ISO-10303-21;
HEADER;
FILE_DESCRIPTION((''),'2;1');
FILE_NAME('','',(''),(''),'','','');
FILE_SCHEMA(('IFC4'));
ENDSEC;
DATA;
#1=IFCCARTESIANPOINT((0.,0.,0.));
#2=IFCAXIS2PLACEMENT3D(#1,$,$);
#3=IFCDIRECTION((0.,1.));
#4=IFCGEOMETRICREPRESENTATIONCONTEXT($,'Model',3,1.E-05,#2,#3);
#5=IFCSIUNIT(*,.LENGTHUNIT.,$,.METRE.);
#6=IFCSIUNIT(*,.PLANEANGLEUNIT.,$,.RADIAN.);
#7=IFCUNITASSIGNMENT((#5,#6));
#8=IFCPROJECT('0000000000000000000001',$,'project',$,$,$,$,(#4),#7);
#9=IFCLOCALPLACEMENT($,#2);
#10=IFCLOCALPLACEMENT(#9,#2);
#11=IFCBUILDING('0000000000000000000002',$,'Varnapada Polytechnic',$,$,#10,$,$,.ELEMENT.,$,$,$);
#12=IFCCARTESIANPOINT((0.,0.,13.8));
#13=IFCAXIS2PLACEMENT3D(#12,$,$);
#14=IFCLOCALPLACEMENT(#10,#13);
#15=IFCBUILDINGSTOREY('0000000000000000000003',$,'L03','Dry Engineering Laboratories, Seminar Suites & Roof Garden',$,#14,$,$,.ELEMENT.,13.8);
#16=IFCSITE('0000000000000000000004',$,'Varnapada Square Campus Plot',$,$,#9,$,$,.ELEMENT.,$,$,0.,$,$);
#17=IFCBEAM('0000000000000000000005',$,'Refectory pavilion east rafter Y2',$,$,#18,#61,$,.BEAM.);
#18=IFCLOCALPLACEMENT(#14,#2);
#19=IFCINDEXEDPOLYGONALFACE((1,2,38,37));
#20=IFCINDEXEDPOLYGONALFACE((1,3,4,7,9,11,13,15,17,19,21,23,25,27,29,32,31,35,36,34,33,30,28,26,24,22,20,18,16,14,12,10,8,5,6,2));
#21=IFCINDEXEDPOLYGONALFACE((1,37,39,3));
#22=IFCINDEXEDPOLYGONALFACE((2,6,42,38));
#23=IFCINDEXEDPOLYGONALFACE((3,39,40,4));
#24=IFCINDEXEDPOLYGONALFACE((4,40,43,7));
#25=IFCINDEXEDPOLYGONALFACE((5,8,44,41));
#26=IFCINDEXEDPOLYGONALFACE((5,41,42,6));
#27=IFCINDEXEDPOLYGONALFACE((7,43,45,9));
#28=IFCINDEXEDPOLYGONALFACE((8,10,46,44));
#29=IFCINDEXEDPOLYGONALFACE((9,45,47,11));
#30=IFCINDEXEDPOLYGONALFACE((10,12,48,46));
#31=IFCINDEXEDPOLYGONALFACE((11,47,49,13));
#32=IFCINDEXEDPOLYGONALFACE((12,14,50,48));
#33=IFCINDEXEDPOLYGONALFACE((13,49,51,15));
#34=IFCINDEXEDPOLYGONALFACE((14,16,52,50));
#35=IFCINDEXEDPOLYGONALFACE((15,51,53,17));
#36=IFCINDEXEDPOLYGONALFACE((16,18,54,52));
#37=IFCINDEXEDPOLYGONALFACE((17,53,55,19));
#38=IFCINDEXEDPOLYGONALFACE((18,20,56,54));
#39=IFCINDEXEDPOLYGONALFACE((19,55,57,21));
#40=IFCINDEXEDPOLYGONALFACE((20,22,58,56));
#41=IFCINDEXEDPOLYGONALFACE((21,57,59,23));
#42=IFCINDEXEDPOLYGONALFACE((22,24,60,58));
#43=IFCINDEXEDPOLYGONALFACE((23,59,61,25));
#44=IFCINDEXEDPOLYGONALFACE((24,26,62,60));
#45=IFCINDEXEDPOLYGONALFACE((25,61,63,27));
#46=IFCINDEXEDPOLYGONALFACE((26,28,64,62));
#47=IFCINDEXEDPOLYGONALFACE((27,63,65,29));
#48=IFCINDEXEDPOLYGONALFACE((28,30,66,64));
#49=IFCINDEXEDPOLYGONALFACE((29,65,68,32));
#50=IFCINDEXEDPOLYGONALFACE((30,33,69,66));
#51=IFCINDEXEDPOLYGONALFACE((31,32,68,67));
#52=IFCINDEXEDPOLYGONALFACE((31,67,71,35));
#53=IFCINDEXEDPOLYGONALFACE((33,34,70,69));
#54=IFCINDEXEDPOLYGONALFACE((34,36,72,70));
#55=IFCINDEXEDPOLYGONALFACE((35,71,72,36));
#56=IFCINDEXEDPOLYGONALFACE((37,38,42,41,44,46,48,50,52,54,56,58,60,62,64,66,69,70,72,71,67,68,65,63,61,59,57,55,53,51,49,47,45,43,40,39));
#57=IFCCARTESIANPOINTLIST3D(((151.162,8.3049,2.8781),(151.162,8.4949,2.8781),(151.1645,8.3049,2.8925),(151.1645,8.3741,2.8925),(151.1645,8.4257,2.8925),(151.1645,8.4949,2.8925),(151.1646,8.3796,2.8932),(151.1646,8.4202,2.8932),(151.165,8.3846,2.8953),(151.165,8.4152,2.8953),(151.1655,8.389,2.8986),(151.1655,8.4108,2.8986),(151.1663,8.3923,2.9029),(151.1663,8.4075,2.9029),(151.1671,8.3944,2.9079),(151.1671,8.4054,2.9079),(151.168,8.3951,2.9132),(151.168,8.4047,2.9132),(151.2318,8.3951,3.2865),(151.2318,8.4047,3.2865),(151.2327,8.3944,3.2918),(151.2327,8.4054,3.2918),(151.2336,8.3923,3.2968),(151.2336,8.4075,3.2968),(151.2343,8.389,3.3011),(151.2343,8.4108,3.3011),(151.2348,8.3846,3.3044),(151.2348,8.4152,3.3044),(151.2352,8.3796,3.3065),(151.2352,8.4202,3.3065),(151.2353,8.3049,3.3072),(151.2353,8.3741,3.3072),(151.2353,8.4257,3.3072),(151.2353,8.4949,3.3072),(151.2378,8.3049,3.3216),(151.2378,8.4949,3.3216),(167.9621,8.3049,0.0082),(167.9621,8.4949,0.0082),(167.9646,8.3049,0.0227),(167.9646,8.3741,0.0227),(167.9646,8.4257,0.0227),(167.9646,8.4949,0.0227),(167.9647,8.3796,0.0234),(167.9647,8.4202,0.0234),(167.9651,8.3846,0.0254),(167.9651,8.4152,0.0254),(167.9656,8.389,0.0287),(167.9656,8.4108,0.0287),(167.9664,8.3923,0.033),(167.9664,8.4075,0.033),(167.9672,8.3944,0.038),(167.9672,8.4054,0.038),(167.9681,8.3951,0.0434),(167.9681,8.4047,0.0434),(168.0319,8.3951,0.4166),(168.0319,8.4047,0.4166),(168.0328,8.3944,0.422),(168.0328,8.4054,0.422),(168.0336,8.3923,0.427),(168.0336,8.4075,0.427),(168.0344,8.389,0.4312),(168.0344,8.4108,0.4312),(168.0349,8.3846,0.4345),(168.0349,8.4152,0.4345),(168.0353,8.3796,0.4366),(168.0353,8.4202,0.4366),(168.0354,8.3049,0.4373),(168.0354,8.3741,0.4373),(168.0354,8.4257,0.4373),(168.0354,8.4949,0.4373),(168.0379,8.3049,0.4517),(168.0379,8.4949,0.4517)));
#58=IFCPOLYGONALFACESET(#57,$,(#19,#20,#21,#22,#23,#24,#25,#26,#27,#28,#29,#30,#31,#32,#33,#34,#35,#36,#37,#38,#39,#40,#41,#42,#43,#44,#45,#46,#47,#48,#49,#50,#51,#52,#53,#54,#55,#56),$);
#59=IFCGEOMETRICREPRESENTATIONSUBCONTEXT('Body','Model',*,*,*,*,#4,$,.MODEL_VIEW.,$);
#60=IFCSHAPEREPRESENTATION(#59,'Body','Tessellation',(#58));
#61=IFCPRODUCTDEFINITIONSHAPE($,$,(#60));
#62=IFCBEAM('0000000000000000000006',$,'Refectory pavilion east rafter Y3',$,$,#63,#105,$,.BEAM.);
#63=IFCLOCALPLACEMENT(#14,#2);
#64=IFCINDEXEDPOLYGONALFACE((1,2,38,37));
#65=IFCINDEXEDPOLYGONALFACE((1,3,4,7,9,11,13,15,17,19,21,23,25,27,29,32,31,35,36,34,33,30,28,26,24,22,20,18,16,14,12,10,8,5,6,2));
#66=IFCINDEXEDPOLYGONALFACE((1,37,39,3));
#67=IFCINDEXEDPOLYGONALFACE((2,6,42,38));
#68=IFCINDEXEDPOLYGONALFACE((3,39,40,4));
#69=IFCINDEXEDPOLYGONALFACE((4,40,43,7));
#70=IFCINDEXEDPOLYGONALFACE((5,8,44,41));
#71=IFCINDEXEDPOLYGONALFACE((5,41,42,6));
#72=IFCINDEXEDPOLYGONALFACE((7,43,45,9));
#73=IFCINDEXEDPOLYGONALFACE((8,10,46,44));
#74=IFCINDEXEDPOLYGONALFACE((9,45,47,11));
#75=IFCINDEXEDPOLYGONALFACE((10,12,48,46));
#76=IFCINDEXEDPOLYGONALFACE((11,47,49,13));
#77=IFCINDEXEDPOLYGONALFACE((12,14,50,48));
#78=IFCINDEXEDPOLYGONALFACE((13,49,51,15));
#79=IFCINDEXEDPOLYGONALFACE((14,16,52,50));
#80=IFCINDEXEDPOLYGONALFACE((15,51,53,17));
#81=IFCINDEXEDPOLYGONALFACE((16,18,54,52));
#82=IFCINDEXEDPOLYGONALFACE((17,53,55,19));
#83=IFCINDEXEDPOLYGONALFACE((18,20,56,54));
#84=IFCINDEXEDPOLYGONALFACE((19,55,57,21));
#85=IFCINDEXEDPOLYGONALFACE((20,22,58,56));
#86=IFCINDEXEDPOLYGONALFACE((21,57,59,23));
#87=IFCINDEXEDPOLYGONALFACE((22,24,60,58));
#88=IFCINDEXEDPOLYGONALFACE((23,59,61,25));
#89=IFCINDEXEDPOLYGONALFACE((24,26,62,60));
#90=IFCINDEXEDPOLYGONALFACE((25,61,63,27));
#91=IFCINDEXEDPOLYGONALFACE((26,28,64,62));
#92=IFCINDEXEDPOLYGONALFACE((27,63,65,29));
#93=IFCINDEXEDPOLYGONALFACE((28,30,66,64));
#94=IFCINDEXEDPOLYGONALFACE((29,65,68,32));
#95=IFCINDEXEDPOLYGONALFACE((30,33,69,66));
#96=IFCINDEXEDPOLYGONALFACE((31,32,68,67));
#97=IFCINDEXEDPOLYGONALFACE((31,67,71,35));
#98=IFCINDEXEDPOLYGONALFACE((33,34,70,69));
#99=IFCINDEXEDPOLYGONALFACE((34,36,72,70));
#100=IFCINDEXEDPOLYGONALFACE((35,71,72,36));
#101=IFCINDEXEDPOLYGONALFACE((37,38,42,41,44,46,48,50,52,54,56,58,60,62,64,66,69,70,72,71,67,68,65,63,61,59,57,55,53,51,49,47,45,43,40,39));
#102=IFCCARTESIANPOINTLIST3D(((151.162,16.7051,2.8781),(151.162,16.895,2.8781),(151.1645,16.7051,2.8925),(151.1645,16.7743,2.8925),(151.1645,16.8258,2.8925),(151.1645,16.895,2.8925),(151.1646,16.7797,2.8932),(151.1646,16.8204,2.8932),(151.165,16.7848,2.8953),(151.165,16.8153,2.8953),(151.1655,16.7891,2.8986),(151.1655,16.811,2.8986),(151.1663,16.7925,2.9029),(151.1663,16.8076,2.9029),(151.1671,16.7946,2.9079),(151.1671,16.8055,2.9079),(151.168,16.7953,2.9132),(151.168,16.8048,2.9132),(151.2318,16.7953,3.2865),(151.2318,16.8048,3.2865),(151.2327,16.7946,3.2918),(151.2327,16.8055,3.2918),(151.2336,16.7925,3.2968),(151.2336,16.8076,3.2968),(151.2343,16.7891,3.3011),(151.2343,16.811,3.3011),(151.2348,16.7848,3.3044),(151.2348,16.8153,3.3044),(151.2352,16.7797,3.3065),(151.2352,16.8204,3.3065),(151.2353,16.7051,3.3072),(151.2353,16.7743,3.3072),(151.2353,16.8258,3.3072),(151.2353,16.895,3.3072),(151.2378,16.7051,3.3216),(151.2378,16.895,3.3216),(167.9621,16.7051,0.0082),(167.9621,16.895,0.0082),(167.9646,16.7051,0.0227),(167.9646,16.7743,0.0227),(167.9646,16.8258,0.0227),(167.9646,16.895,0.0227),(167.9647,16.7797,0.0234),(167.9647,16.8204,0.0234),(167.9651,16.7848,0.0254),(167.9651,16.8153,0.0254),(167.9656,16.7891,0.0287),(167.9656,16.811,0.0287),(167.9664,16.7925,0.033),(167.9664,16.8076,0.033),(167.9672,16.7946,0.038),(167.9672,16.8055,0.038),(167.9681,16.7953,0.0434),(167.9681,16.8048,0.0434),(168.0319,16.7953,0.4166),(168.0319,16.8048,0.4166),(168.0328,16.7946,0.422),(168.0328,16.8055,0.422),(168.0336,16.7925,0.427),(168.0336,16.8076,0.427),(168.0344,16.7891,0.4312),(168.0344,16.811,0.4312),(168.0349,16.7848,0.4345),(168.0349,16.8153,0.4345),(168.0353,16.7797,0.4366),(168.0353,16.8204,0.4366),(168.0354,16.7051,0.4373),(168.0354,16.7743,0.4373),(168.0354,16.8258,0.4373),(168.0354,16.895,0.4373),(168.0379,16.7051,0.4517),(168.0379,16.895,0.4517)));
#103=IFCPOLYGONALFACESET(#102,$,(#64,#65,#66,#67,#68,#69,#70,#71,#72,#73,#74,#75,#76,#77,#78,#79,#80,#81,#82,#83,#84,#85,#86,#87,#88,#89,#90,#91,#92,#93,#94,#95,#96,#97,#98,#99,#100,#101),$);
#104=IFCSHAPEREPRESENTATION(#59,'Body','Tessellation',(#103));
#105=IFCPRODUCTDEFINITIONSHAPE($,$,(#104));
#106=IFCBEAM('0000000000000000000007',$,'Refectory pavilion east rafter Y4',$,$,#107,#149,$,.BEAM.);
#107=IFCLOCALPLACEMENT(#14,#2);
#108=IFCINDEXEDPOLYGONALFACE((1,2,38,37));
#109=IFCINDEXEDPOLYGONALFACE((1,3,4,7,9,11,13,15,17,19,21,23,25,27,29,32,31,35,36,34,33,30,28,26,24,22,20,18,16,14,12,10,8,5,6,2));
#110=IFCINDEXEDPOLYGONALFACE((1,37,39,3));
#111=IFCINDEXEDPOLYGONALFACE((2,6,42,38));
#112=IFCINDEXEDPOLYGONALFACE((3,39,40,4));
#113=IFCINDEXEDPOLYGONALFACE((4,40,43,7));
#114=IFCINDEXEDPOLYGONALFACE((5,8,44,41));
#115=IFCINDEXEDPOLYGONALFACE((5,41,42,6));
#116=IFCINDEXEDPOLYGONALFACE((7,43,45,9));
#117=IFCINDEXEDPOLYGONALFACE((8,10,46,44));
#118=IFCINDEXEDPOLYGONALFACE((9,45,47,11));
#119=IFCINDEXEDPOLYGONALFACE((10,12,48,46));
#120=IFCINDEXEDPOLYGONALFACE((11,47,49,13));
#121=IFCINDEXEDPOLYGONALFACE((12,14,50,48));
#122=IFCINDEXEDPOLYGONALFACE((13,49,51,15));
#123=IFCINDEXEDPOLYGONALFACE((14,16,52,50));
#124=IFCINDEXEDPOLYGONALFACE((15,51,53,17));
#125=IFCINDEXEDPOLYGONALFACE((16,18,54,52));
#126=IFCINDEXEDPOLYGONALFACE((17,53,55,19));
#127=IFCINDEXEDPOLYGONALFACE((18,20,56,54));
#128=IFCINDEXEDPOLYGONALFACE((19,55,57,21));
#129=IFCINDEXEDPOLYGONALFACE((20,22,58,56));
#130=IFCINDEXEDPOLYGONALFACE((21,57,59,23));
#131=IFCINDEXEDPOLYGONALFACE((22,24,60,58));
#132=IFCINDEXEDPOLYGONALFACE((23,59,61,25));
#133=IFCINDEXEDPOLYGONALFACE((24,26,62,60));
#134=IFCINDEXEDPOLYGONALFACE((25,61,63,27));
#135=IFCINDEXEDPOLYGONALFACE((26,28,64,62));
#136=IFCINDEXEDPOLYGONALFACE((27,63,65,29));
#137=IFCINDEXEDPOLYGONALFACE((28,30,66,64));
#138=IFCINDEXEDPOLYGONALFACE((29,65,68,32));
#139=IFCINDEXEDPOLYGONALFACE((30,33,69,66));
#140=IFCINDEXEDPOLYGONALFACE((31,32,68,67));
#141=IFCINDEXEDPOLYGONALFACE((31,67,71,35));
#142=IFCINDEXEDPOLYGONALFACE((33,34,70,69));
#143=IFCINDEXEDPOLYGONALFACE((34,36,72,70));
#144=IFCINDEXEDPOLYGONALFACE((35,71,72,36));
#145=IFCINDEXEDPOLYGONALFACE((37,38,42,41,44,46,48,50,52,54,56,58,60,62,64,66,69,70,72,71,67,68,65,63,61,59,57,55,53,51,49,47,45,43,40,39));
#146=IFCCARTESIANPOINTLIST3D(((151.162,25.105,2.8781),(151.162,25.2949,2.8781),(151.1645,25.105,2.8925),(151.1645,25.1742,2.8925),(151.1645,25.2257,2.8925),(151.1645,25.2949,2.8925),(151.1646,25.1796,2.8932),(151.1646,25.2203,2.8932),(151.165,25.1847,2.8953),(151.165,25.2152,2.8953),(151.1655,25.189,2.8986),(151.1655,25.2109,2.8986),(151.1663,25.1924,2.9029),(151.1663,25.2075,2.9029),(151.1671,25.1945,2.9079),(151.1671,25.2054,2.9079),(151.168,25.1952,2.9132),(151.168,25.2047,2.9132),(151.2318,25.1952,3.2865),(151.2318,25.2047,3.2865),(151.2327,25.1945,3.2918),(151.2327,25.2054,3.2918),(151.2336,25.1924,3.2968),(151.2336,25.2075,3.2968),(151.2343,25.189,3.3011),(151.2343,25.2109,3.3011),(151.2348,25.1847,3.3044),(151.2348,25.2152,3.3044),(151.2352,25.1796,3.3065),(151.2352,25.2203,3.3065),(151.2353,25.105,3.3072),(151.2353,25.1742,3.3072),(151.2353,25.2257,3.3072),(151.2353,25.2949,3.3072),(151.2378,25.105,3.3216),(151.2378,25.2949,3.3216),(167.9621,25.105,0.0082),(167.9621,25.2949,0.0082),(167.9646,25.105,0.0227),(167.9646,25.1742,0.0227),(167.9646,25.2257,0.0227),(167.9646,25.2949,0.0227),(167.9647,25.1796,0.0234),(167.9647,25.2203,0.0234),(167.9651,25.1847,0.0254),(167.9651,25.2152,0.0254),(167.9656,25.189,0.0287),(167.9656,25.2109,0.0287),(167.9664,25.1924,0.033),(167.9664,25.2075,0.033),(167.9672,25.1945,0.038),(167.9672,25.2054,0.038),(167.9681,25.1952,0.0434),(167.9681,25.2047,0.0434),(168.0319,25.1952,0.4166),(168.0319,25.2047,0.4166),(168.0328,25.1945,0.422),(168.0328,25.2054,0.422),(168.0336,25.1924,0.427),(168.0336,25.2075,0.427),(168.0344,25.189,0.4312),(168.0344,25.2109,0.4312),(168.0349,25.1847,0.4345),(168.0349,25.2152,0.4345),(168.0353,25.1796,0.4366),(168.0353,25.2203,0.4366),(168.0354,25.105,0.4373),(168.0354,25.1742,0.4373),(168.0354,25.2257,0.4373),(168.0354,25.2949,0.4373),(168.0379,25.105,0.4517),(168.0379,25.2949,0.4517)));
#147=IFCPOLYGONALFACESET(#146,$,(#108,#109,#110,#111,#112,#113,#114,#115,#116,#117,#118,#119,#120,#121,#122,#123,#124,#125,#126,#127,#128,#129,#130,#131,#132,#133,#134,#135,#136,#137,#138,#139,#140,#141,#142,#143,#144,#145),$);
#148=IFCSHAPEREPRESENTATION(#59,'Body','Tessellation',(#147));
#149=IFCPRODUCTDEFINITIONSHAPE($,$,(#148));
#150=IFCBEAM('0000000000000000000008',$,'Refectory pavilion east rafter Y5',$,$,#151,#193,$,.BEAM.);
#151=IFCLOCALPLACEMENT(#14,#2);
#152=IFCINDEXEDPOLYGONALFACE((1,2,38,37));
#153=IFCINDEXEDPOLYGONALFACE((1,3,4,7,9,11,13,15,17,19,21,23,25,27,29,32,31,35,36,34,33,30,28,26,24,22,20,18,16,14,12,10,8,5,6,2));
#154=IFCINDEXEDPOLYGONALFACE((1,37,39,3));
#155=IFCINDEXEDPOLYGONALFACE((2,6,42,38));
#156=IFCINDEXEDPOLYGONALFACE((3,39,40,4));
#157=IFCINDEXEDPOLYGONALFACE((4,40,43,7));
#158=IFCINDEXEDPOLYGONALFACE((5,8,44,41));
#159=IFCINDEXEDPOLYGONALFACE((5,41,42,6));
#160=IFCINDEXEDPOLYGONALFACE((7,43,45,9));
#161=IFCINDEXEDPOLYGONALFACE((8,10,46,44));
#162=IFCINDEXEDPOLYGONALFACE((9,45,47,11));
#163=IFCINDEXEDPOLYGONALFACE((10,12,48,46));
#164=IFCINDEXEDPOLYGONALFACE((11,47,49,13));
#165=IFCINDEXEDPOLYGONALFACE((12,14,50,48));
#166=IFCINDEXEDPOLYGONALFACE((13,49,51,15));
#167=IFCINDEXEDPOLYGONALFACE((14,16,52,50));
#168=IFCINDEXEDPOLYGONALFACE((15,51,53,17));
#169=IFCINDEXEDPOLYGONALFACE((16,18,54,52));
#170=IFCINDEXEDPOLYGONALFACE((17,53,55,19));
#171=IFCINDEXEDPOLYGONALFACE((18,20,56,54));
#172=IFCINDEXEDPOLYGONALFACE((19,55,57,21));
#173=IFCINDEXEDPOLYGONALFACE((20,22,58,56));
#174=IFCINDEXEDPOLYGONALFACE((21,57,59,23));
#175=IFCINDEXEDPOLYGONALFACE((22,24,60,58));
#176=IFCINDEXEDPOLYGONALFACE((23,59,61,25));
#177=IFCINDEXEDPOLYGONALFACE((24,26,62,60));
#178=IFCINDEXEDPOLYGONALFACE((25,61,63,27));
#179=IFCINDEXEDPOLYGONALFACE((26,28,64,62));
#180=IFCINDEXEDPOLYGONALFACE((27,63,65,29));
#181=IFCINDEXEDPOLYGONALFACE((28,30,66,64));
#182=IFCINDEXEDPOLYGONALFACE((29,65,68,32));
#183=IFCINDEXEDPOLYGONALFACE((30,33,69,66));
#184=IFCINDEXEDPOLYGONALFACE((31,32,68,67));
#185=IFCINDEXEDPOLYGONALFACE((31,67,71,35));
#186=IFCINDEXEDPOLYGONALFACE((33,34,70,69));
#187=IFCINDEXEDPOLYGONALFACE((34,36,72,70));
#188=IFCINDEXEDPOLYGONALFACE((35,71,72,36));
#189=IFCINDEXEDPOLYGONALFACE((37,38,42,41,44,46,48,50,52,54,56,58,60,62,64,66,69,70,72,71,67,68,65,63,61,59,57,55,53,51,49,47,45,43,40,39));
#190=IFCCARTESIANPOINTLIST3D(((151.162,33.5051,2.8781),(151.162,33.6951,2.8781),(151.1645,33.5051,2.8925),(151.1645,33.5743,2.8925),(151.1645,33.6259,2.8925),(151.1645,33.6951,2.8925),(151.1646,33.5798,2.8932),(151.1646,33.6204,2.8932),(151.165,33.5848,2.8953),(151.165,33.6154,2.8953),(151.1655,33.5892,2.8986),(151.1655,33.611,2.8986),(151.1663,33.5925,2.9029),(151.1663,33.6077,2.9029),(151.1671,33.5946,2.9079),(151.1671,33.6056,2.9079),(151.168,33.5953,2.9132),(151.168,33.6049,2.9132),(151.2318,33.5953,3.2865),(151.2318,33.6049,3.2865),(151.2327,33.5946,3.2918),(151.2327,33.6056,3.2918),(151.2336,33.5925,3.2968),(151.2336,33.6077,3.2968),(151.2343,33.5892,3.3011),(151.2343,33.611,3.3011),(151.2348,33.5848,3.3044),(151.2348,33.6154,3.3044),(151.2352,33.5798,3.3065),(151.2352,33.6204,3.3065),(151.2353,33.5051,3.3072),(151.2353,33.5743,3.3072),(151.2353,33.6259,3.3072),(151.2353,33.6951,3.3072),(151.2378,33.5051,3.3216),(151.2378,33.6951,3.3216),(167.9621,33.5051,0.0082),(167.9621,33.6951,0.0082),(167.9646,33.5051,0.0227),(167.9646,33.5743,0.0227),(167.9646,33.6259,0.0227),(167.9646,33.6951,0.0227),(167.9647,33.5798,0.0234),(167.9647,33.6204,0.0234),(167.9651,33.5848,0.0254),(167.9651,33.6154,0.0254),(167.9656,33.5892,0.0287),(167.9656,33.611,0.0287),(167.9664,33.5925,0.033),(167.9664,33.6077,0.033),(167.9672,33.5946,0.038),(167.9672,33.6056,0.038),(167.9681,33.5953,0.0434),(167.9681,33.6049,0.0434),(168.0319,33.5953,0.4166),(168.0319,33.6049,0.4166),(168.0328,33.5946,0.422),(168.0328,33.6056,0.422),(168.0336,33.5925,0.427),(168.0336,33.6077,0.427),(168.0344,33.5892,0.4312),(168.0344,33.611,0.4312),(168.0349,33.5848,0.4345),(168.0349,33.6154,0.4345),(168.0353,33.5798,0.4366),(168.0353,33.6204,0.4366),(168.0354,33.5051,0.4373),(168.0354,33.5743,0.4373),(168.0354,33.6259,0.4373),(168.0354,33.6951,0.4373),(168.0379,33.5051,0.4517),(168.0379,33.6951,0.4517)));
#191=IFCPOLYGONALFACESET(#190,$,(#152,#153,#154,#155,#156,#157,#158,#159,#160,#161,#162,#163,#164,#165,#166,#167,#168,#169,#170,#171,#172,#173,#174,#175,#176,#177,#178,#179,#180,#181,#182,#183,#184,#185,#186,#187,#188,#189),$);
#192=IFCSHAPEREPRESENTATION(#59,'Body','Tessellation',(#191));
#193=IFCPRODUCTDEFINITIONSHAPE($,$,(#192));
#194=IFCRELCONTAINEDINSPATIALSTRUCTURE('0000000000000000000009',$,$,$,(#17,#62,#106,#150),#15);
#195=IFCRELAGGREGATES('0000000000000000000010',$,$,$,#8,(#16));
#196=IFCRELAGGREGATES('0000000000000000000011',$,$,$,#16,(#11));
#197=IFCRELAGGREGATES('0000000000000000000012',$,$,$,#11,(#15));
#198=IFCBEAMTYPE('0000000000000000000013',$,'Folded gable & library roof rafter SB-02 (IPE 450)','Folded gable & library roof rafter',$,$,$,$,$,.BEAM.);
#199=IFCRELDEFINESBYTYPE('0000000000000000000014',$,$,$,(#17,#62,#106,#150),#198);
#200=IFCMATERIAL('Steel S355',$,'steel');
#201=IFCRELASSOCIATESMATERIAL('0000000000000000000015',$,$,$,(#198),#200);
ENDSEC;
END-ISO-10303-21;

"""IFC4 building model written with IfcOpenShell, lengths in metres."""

from ifc_helpers import new_model, si_unit, direction, frame, origin, origin_2d, place, context, subcontext, project, spatial, i_section, extrude, material, material_profile, profile_set, type_object, element, save


model = new_model("IFC4")

# Units and contexts
model_context = context("Model", 3, precision=1e-05, world=origin(), true_north=direction((0.0, 1.0)))
body_context = subcontext(model_context, "Body", "Model", "MODEL_VIEW")
ifc_project = project(units=[si_unit("LENGTHUNIT", "METRE"), si_unit("PLANEANGLEUNIT", "RADIAN")], contexts=[model_context])

# Site, building, storey
site_placement = place(None, origin())
site = spatial("IfcSite", under=ifc_project, at=site_placement, Name="Varnapada Square Campus Plot", CompositionType="ELEMENT", RefElevation=0.0)
building_placement = place(site_placement, origin())
building = spatial("IfcBuilding", under=site, at=building_placement, Name="Varnapada Polytechnic", CompositionType="ELEMENT")
storey_placement = place(building_placement, frame((0.0, 0.0, 13.8)))
storey = spatial("IfcBuildingStorey", under=building, at=storey_placement, Name="L03", Description="Dry Engineering Laboratories, Seminar Suites & Roof Garden", CompositionType="ELEMENT", Elevation=13.8)

# Beams
ifc_material = material(Name="Steel S355", Category="steel")
ifc_material_profile_1 = material_profile(ifc_material, i_section(OverallWidth=0.1899, OverallDepth=0.45, WebThickness=0.0095, FlangeThickness=0.0146, FilletRadius=0.021, at=origin_2d()), Name="IPE 450")
ifc_profile_set_1 = profile_set([ifc_material_profile_1], Name="Steel S355")
beam_type = type_object("IfcBeamType", Name="Folded gable & library roof rafter SB-02 (IPE 450)", Description="Folded gable & library roof rafter", PredefinedType="BEAM", material=ifc_profile_set_1)
for number, where, z_axis, x_axis, name in (
    (1, (168.0, 8.3999, 0.23), (-0.985721, 0.0, 0.168386), (0.0, -1.0, 0.0), "Refectory pavilion east rafter Y2"),
    (2, (168.0, 16.8, 0.23), (-0.985721, 0.0, 0.168386), (0.0, -1.0, 0.0), "Refectory pavilion east rafter Y3"),
    (3, (168.0, 25.2, 0.23), (-0.985721, 0.0, 0.168386), (0.0, -1.0, 0.0), "Refectory pavilion east rafter Y4"),
    (4, (168.0, 33.6001, 0.23), (-0.985721, 0.0, 0.168386), (0.0, -1.0, 0.0), "Refectory pavilion east rafter Y5"),
):
    element("IfcBeam", number, at=place(storey_placement, frame(where, z_axis=z_axis, x_axis=x_axis)), inside=storey, type_object=beam_type, Name=name, PredefinedType="BEAM", context=body_context, shape_type="SweptSolid", body=[
        extrude(i_section(OverallWidth=0.1899, OverallDepth=0.45, WebThickness=0.0095, FlangeThickness=0.0146, FilletRadius=0.021, at=origin_2d()), origin(), (0.0, 0.0, 1.0), 17.0435),
    ])

save(model, "model.ifc")
